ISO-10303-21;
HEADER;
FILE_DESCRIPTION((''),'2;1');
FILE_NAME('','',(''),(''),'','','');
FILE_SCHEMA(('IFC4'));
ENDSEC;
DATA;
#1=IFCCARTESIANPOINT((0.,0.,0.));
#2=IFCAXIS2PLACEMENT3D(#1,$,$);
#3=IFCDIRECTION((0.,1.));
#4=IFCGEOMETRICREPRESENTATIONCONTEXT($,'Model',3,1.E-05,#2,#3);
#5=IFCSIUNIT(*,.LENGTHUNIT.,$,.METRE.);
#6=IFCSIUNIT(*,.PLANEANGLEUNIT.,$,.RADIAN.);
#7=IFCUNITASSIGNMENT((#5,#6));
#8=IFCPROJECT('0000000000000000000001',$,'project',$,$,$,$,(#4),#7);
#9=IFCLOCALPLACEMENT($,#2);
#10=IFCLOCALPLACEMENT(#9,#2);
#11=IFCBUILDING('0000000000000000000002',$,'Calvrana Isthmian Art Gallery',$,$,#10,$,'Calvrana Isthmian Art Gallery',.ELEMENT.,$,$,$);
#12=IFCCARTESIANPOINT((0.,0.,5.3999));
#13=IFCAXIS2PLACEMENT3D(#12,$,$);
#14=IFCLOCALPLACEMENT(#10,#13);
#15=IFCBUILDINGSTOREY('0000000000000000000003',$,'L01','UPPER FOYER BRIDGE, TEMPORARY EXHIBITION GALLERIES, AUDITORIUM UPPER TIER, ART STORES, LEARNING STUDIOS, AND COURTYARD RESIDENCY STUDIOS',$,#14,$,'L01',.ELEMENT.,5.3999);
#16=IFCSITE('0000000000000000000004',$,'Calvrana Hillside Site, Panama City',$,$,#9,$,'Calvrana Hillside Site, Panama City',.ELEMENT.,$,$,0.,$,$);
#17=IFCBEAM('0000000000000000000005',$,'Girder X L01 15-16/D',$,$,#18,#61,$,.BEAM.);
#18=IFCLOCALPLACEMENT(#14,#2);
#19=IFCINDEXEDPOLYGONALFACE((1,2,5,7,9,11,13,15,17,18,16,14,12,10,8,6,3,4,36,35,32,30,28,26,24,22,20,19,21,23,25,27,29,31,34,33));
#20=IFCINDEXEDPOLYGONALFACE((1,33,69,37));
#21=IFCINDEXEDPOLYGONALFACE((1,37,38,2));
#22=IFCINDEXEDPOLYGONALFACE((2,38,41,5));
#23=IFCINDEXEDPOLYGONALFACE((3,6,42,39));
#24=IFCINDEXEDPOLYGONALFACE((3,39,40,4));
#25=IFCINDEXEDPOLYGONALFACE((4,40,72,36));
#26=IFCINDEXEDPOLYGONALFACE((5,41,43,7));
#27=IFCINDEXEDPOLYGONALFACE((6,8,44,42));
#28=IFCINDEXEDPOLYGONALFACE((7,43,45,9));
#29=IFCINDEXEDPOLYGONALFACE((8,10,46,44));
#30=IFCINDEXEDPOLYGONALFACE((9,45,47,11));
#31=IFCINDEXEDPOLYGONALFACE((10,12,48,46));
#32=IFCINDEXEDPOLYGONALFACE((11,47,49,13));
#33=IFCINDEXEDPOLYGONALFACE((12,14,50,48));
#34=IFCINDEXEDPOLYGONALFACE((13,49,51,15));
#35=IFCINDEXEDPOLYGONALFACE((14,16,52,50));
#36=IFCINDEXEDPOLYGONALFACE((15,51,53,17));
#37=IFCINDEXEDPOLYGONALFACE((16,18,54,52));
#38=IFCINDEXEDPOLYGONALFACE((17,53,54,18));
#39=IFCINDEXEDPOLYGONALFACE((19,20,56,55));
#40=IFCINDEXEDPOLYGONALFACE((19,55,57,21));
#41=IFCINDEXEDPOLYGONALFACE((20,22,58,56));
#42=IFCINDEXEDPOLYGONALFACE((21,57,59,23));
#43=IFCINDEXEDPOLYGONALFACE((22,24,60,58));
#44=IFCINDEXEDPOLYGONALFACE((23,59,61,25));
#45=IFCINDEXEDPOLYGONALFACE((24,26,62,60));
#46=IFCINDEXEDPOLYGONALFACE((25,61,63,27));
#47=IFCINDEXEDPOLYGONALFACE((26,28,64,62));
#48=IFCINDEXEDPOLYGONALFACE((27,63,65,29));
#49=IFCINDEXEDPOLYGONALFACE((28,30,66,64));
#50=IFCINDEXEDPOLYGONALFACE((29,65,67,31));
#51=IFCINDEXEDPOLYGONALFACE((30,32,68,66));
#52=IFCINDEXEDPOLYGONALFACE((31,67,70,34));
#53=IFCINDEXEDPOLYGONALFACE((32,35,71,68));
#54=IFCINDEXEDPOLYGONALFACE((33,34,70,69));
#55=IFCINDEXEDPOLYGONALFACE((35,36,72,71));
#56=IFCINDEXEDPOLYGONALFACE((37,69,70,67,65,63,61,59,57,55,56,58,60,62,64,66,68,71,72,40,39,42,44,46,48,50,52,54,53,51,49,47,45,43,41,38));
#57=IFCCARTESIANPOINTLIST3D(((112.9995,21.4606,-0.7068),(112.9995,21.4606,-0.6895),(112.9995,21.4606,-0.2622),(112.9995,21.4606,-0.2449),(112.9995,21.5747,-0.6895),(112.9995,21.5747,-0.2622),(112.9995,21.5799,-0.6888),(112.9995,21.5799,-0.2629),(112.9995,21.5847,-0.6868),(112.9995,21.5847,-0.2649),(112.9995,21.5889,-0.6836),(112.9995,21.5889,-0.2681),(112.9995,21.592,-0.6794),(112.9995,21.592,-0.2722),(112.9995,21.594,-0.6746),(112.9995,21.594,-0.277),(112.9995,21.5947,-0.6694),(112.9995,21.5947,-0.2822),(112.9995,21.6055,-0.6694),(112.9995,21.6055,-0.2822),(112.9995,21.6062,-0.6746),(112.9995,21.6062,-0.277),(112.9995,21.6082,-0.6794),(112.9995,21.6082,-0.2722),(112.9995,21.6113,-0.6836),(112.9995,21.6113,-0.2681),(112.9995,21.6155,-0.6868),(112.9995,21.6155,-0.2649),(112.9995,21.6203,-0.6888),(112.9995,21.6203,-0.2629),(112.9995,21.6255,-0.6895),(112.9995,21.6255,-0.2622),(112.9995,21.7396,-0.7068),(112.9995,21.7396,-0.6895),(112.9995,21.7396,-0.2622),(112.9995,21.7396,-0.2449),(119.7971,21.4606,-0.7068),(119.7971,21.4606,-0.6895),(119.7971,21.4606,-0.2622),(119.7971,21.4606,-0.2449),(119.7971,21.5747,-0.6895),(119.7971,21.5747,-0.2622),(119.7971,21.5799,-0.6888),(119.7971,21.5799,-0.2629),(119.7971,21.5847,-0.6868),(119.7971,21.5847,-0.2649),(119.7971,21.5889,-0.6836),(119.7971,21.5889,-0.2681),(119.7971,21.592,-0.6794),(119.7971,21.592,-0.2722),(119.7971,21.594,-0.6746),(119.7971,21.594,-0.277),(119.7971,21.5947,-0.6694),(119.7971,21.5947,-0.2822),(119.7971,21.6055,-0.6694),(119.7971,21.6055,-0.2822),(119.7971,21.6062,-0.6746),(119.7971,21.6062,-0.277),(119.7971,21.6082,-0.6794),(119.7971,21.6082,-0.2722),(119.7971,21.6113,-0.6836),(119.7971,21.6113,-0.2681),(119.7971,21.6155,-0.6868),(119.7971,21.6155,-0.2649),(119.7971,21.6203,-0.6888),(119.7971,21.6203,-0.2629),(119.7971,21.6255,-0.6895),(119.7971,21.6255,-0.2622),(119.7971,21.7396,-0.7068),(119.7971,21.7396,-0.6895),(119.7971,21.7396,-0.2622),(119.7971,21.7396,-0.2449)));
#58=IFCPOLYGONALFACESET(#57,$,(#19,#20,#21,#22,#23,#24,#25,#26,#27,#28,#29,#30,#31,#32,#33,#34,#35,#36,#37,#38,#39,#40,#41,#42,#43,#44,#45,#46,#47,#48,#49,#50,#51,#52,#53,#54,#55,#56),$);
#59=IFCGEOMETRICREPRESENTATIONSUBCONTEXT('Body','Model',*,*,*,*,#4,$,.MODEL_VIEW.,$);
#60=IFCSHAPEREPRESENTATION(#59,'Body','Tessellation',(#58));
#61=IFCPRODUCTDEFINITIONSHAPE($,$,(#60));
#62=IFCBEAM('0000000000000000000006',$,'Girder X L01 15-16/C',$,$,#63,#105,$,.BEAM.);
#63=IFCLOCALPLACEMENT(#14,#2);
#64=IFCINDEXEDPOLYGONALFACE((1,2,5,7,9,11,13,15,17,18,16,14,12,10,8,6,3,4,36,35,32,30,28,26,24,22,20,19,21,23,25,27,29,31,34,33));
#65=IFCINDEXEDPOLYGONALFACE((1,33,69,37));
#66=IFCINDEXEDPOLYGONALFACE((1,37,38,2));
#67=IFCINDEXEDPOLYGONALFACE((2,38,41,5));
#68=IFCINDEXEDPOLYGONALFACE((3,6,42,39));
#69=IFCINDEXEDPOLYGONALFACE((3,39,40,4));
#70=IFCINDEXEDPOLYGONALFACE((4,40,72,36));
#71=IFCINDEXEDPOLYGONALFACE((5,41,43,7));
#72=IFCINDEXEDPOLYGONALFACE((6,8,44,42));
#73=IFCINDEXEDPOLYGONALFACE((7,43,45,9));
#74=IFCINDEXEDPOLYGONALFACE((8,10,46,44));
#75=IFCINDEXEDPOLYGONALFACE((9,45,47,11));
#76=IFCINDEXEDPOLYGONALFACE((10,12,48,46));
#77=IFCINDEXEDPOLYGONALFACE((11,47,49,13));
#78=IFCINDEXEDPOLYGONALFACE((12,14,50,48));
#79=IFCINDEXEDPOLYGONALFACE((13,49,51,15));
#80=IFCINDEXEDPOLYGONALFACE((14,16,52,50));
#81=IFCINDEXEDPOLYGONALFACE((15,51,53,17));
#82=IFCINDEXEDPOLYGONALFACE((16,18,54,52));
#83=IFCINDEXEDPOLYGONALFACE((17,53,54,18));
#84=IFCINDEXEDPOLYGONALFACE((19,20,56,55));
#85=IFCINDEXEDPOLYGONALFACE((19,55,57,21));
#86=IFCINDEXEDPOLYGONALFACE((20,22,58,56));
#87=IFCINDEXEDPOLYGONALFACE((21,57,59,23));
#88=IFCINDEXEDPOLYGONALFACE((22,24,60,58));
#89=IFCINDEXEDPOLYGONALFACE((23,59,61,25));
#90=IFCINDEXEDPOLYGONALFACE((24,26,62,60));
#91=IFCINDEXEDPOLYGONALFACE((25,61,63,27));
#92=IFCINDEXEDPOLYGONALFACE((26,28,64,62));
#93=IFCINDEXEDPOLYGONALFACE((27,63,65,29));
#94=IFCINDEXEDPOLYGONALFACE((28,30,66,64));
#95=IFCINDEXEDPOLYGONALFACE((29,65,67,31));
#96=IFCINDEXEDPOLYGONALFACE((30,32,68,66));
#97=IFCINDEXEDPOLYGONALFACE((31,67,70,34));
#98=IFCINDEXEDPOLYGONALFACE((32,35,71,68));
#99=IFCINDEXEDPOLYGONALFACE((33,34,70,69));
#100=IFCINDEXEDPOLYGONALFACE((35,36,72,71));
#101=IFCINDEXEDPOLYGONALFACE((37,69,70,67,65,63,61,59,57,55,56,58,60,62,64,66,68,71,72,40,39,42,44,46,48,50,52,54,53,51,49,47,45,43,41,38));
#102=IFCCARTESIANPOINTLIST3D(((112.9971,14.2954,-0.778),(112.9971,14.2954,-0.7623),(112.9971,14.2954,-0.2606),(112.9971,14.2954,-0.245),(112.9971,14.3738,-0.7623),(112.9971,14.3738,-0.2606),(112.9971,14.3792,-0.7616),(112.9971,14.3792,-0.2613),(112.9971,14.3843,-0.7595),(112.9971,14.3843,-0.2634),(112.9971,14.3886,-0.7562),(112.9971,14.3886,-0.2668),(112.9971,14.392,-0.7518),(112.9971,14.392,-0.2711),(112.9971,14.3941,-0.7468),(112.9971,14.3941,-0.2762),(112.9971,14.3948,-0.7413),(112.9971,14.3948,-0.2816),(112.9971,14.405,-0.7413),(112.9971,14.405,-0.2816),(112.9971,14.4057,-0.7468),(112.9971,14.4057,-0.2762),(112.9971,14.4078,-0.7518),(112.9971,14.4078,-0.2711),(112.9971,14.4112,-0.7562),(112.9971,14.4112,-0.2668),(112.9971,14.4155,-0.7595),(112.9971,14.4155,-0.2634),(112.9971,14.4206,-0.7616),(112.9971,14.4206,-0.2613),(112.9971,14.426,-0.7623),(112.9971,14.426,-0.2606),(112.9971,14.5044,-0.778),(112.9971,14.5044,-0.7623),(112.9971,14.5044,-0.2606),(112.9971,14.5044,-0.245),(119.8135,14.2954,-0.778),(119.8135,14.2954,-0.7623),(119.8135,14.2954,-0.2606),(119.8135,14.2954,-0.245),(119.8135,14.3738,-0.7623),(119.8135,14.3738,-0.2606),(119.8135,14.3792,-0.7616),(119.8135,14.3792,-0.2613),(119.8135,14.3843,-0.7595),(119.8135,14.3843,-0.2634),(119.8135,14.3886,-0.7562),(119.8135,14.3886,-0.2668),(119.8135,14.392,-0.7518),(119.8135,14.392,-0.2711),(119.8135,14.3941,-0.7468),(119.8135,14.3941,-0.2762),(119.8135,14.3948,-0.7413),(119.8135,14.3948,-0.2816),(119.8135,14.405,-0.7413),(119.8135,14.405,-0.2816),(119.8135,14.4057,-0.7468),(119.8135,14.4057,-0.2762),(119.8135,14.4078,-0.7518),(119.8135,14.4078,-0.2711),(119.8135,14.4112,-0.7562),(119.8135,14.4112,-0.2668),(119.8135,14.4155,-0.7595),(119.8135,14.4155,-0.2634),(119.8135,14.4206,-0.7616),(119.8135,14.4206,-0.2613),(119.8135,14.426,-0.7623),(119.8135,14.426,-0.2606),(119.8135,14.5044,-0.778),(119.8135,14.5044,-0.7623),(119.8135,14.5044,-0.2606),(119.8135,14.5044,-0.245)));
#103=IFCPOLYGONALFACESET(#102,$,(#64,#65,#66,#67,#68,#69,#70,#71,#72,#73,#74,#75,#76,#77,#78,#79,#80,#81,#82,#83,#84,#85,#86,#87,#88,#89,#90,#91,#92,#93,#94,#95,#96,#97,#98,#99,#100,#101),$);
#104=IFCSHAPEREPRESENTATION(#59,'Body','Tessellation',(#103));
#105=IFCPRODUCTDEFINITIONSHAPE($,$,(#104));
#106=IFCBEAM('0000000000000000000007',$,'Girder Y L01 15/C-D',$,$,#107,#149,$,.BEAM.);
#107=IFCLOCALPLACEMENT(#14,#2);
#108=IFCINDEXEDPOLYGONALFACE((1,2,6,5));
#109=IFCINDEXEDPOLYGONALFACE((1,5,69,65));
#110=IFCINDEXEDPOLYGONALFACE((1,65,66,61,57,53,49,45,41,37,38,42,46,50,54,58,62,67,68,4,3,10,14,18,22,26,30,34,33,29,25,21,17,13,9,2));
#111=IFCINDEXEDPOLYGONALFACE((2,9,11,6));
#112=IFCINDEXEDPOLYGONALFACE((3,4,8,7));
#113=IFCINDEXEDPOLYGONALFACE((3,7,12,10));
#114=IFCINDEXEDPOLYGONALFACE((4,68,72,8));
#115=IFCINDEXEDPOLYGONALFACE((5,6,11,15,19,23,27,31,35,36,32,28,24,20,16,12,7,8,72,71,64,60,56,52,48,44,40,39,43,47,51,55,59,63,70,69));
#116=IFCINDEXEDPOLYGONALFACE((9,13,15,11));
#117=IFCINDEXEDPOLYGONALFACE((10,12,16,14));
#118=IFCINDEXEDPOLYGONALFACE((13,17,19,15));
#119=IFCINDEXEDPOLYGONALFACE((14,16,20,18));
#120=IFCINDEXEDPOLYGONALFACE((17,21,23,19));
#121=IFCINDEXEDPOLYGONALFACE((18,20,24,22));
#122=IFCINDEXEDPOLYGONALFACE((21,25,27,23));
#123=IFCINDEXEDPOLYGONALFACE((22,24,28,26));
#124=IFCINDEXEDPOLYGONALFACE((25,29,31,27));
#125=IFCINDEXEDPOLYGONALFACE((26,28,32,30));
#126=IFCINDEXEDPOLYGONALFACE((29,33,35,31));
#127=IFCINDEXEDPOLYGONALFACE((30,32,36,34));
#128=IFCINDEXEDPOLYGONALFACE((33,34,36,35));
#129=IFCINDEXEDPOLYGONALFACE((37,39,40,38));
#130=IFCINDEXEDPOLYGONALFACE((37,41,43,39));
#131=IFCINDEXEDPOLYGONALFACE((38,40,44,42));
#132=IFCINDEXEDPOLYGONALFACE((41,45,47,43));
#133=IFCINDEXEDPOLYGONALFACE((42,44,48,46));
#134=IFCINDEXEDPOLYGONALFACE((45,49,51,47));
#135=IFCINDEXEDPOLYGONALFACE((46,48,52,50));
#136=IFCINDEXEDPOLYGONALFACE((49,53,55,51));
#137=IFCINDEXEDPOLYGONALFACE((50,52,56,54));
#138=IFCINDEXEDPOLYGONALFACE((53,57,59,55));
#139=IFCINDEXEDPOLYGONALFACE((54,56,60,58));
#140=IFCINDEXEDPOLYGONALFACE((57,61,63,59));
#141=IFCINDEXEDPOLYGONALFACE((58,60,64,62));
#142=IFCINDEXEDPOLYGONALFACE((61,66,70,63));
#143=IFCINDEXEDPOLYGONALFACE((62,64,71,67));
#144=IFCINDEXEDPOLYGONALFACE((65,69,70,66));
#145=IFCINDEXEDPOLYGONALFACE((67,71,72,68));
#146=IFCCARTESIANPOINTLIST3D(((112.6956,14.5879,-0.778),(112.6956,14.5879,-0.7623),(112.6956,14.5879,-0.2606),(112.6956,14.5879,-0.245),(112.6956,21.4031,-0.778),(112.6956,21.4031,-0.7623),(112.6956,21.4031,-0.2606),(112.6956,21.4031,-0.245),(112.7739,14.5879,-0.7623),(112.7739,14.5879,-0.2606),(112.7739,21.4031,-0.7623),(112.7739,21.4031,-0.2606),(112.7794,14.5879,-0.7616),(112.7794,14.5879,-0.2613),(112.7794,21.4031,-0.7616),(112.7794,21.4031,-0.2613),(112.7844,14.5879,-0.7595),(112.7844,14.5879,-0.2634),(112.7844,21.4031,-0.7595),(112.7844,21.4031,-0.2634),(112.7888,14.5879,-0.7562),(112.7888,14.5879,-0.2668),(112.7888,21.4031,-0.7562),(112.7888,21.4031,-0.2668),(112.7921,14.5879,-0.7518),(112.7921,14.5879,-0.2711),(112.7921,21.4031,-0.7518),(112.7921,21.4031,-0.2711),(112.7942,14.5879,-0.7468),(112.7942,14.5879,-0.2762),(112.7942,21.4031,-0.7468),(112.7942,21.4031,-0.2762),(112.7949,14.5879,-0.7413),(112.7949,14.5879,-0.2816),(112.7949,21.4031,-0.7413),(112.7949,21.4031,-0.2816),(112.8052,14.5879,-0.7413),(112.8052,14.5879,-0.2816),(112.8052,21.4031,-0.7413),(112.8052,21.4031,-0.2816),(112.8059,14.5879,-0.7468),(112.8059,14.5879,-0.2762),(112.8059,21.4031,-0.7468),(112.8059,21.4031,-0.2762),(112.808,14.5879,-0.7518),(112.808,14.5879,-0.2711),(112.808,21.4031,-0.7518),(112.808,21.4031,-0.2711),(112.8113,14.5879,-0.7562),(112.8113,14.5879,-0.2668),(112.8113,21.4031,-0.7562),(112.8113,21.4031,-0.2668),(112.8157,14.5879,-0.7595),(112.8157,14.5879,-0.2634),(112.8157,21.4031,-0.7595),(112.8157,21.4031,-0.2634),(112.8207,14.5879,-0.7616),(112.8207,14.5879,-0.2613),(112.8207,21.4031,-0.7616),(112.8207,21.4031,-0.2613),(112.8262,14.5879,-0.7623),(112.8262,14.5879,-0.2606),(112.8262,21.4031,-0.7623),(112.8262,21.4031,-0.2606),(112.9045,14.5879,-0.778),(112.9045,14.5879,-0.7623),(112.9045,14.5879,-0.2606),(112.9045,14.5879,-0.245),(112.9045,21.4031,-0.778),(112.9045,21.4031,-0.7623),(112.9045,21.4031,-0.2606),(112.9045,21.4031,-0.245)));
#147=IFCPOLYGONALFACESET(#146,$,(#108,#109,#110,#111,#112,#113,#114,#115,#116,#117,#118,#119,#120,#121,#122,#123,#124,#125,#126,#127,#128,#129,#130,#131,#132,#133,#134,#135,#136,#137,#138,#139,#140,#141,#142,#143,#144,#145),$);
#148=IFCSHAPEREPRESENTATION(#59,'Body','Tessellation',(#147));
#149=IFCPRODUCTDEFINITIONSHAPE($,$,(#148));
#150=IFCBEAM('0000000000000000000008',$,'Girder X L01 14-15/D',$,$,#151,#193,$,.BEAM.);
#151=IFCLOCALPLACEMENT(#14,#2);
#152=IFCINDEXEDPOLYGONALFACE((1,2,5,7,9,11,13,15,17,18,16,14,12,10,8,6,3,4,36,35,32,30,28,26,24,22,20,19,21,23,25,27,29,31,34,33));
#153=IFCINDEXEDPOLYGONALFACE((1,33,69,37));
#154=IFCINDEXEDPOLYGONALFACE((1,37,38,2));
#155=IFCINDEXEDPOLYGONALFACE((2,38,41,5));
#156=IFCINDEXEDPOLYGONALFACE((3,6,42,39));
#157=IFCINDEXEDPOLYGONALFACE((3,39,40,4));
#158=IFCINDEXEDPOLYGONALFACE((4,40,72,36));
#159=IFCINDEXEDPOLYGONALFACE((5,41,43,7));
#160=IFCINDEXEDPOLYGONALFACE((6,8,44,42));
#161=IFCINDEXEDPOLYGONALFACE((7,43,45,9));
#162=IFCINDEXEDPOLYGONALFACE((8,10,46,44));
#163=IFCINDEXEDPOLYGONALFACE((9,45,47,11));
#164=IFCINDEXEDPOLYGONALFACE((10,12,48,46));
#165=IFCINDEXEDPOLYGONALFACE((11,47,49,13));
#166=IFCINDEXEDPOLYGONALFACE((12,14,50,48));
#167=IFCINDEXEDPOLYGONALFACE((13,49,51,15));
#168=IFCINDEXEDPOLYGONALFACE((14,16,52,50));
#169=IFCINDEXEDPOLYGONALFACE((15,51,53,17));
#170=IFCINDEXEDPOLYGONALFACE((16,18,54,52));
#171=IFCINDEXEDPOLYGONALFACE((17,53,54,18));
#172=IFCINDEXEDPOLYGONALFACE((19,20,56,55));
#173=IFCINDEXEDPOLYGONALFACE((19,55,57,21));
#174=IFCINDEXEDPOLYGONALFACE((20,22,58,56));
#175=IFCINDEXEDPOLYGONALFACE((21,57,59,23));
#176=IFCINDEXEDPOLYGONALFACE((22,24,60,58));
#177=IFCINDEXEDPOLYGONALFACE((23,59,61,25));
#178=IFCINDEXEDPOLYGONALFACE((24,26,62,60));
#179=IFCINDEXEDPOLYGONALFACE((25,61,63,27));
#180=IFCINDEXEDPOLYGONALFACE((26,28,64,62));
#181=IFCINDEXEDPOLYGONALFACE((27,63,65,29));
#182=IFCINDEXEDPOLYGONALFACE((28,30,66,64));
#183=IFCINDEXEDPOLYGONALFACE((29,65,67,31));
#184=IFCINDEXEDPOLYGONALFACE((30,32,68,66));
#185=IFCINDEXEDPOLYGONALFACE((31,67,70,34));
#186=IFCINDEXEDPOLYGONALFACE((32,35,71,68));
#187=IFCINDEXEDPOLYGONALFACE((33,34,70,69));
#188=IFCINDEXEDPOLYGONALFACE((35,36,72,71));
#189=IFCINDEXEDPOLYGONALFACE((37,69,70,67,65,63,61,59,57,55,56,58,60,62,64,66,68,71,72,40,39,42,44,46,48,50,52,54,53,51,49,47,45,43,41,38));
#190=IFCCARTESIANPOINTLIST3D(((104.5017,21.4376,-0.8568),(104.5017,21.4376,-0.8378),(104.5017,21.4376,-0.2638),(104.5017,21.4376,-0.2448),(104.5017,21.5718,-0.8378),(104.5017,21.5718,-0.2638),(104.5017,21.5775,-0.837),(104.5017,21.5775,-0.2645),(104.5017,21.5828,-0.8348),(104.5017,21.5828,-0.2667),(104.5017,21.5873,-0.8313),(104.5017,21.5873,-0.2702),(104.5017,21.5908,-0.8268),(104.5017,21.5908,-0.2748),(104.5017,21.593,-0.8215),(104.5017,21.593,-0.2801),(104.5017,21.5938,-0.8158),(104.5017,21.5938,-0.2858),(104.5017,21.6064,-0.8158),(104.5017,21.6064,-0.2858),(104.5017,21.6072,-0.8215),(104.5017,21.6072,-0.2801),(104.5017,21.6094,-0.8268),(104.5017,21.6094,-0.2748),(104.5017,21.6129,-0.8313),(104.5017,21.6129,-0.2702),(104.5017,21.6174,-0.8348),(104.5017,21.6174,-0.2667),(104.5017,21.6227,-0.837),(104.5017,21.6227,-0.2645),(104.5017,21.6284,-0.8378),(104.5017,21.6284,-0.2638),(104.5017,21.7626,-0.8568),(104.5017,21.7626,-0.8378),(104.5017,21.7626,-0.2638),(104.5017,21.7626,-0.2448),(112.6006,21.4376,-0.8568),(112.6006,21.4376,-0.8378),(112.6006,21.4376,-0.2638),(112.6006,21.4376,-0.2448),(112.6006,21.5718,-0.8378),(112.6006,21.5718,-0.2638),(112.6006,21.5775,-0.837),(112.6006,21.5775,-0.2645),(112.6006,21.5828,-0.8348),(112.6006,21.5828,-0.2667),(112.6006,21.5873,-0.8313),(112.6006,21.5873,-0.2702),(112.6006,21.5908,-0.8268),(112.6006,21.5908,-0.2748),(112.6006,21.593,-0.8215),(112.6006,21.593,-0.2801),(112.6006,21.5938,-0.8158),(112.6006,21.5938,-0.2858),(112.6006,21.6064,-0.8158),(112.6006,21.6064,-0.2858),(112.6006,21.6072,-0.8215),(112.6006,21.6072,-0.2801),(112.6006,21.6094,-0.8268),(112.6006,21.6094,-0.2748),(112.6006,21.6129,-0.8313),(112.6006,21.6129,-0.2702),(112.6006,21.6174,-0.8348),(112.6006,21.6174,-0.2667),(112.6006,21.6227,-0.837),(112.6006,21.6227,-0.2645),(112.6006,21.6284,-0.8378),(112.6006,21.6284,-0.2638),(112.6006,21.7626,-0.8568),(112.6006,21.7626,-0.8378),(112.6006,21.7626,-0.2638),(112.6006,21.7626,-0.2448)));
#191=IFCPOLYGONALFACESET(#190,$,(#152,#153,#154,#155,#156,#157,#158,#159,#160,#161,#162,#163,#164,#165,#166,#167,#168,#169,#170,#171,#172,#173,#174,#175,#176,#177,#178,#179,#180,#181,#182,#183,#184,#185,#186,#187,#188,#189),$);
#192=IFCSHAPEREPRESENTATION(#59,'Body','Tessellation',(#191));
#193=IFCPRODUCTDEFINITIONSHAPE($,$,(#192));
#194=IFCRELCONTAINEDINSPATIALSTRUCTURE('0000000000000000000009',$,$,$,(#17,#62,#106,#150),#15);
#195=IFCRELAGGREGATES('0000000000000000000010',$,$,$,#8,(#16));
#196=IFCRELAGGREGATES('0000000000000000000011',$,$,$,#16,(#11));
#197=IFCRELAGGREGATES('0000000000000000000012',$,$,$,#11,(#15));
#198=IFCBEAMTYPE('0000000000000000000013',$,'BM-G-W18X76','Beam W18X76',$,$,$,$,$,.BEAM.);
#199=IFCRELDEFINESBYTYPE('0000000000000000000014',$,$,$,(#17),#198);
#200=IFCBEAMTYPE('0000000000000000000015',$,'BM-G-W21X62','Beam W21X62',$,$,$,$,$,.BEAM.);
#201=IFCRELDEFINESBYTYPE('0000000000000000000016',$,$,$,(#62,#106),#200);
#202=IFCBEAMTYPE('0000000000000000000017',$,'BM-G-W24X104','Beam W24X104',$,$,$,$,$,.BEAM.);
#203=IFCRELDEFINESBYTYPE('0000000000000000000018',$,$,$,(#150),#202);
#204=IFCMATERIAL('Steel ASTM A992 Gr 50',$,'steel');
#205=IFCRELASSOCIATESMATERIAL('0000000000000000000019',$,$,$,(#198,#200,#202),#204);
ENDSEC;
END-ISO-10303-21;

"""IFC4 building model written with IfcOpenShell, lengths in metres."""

from ifc_helpers import new_model, si_unit, direction, frame, origin, origin_2d, place, context, subcontext, project, spatial, i_section, extrude, material, material_profile, profile_set, type_object, element, save


model = new_model("IFC4")

# Units and contexts
model_context = context("Model", 3, precision=1e-05, world=origin(), true_north=direction((0.0, 1.0)))
body_context = subcontext(model_context, "Body", "Model", "MODEL_VIEW")
ifc_project = project(units=[si_unit("LENGTHUNIT", "METRE"), si_unit("PLANEANGLEUNIT", "RADIAN")], contexts=[model_context])

# Site, building, storey
site_placement = place(None, origin())
site = spatial("IfcSite", under=ifc_project, at=site_placement, Name="Calvrana Hillside Site, Panama City", LongName="Calvrana Hillside Site, Panama City", CompositionType="ELEMENT", RefElevation=0.0)
building_placement = place(site_placement, origin())
building = spatial("IfcBuilding", under=site, at=building_placement, Name="Calvrana Isthmian Art Gallery", LongName="Calvrana Isthmian Art Gallery", CompositionType="ELEMENT")
storey_placement = place(building_placement, frame((0.0, 0.0, 5.3999)))
storey = spatial("IfcBuildingStorey", under=building, at=storey_placement, Name="L01", Description="UPPER FOYER BRIDGE, TEMPORARY EXHIBITION GALLERIES, AUDITORIUM UPPER TIER, ART STORES, LEARNING STUDIOS, AND COURTYARD RESIDENCY STUDIOS", LongName="L01", CompositionType="ELEMENT", Elevation=5.3999)

# Shared definitions
ifc_material_1 = material(Name="Steel ASTM A992 Gr 50", Category="steel")

# Beams
ifc_material_profile_1 = material_profile(ifc_material_1, i_section(OverallWidth=0.2791, OverallDepth=0.4619, WebThickness=0.0107, FlangeThickness=0.0173, FilletRadius=0.02, at=origin_2d()), Name="W18X76")
ifc_profile_set_1 = profile_set([ifc_material_profile_1], Name="Steel ASTM A992 Gr 50")
beam_type_1 = type_object("IfcBeamType", Name="BM-G-W18X76", Description="Beam W18X76", PredefinedType="BEAM", material=ifc_profile_set_1)
beam_1_placement = place(storey_placement, frame((112.9995, 21.6001, -0.4758), z_axis=(1.0, 0.0, 0.0), x_axis=(0.0, 1.0, 0.0)))
element("IfcBeam", 1, at=beam_1_placement, inside=storey, type_object=beam_type_1, Name="Girder X L01 15-16/D", PredefinedType="BEAM", context=body_context, shape_type="SweptSolid", body=[
    extrude(i_section(OverallWidth=0.2791, OverallDepth=0.4619, WebThickness=0.0107, FlangeThickness=0.0173, FilletRadius=0.02, at=origin_2d()), origin(), (0.0, 0.0, 1.0), 6.7976),
])
ifc_material_profile_2 = material_profile(ifc_material_1, i_section(OverallWidth=0.209, OverallDepth=0.533, WebThickness=0.0103, FlangeThickness=0.0156, FilletRadius=0.021, at=origin_2d()), Name="W21X62")
ifc_profile_set_2 = profile_set([ifc_material_profile_2], Name="Steel ASTM A992 Gr 50")
beam_type_2 = type_object("IfcBeamType", Name="BM-G-W21X62", Description="Beam W21X62", PredefinedType="BEAM", material=ifc_profile_set_2)
beam_2_placement = place(storey_placement, frame((112.9971, 14.3999, -0.5115), z_axis=(1.0, 0.0, 0.0), x_axis=(0.0, 1.0, 0.0)))
element("IfcBeam", 2, at=beam_2_placement, inside=storey, type_object=beam_type_2, Name="Girder X L01 15-16/C", PredefinedType="BEAM", context=body_context, shape_type="SweptSolid", body=[
    extrude(i_section(OverallWidth=0.209, OverallDepth=0.533, WebThickness=0.0103, FlangeThickness=0.0156, FilletRadius=0.021, at=origin_2d()), origin(), (0.0, 0.0, 1.0), 6.8164),
])
beam_3_placement = place(storey_placement, frame((112.8, 14.5879, -0.5115), z_axis=(0.0, 1.0, 0.0), x_axis=(-1.0, 0.0, 0.0)))
element("IfcBeam", 3, at=beam_3_placement, inside=storey, type_object=beam_type_2, Name="Girder Y L01 15/C-D", PredefinedType="BEAM", context=body_context, shape_type="SweptSolid", body=[
    extrude(i_section(OverallWidth=0.209, OverallDepth=0.533, WebThickness=0.0103, FlangeThickness=0.0156, FilletRadius=0.021, at=origin_2d()), origin(), (0.0, 0.0, 1.0), 6.8152),
])
ifc_material_profile_3 = material_profile(ifc_material_1, i_section(OverallWidth=0.325, OverallDepth=0.6121, WebThickness=0.0127, FlangeThickness=0.019, FilletRadius=0.022, at=origin_2d()), Name="W24X104")
ifc_profile_set_3 = profile_set([ifc_material_profile_3], Name="Steel ASTM A992 Gr 50")
beam_type_3 = type_object("IfcBeamType", Name="BM-G-W24X104", Description="Beam W24X104", PredefinedType="BEAM", material=ifc_profile_set_3)
beam_4_placement = place(storey_placement, frame((104.5017, 21.6001, -0.5508), z_axis=(1.0, 0.0, 0.0), x_axis=(0.0, 1.0, 0.0)))
element("IfcBeam", 4, at=beam_4_placement, inside=storey, type_object=beam_type_3, Name="Girder X L01 14-15/D", PredefinedType="BEAM", context=body_context, shape_type="SweptSolid", body=[
    extrude(i_section(OverallWidth=0.325, OverallDepth=0.6121, WebThickness=0.0127, FlangeThickness=0.019, FilletRadius=0.022, at=origin_2d()), origin(), (0.0, 0.0, 1.0), 8.0989),
])

save(model, "model.ifc")
